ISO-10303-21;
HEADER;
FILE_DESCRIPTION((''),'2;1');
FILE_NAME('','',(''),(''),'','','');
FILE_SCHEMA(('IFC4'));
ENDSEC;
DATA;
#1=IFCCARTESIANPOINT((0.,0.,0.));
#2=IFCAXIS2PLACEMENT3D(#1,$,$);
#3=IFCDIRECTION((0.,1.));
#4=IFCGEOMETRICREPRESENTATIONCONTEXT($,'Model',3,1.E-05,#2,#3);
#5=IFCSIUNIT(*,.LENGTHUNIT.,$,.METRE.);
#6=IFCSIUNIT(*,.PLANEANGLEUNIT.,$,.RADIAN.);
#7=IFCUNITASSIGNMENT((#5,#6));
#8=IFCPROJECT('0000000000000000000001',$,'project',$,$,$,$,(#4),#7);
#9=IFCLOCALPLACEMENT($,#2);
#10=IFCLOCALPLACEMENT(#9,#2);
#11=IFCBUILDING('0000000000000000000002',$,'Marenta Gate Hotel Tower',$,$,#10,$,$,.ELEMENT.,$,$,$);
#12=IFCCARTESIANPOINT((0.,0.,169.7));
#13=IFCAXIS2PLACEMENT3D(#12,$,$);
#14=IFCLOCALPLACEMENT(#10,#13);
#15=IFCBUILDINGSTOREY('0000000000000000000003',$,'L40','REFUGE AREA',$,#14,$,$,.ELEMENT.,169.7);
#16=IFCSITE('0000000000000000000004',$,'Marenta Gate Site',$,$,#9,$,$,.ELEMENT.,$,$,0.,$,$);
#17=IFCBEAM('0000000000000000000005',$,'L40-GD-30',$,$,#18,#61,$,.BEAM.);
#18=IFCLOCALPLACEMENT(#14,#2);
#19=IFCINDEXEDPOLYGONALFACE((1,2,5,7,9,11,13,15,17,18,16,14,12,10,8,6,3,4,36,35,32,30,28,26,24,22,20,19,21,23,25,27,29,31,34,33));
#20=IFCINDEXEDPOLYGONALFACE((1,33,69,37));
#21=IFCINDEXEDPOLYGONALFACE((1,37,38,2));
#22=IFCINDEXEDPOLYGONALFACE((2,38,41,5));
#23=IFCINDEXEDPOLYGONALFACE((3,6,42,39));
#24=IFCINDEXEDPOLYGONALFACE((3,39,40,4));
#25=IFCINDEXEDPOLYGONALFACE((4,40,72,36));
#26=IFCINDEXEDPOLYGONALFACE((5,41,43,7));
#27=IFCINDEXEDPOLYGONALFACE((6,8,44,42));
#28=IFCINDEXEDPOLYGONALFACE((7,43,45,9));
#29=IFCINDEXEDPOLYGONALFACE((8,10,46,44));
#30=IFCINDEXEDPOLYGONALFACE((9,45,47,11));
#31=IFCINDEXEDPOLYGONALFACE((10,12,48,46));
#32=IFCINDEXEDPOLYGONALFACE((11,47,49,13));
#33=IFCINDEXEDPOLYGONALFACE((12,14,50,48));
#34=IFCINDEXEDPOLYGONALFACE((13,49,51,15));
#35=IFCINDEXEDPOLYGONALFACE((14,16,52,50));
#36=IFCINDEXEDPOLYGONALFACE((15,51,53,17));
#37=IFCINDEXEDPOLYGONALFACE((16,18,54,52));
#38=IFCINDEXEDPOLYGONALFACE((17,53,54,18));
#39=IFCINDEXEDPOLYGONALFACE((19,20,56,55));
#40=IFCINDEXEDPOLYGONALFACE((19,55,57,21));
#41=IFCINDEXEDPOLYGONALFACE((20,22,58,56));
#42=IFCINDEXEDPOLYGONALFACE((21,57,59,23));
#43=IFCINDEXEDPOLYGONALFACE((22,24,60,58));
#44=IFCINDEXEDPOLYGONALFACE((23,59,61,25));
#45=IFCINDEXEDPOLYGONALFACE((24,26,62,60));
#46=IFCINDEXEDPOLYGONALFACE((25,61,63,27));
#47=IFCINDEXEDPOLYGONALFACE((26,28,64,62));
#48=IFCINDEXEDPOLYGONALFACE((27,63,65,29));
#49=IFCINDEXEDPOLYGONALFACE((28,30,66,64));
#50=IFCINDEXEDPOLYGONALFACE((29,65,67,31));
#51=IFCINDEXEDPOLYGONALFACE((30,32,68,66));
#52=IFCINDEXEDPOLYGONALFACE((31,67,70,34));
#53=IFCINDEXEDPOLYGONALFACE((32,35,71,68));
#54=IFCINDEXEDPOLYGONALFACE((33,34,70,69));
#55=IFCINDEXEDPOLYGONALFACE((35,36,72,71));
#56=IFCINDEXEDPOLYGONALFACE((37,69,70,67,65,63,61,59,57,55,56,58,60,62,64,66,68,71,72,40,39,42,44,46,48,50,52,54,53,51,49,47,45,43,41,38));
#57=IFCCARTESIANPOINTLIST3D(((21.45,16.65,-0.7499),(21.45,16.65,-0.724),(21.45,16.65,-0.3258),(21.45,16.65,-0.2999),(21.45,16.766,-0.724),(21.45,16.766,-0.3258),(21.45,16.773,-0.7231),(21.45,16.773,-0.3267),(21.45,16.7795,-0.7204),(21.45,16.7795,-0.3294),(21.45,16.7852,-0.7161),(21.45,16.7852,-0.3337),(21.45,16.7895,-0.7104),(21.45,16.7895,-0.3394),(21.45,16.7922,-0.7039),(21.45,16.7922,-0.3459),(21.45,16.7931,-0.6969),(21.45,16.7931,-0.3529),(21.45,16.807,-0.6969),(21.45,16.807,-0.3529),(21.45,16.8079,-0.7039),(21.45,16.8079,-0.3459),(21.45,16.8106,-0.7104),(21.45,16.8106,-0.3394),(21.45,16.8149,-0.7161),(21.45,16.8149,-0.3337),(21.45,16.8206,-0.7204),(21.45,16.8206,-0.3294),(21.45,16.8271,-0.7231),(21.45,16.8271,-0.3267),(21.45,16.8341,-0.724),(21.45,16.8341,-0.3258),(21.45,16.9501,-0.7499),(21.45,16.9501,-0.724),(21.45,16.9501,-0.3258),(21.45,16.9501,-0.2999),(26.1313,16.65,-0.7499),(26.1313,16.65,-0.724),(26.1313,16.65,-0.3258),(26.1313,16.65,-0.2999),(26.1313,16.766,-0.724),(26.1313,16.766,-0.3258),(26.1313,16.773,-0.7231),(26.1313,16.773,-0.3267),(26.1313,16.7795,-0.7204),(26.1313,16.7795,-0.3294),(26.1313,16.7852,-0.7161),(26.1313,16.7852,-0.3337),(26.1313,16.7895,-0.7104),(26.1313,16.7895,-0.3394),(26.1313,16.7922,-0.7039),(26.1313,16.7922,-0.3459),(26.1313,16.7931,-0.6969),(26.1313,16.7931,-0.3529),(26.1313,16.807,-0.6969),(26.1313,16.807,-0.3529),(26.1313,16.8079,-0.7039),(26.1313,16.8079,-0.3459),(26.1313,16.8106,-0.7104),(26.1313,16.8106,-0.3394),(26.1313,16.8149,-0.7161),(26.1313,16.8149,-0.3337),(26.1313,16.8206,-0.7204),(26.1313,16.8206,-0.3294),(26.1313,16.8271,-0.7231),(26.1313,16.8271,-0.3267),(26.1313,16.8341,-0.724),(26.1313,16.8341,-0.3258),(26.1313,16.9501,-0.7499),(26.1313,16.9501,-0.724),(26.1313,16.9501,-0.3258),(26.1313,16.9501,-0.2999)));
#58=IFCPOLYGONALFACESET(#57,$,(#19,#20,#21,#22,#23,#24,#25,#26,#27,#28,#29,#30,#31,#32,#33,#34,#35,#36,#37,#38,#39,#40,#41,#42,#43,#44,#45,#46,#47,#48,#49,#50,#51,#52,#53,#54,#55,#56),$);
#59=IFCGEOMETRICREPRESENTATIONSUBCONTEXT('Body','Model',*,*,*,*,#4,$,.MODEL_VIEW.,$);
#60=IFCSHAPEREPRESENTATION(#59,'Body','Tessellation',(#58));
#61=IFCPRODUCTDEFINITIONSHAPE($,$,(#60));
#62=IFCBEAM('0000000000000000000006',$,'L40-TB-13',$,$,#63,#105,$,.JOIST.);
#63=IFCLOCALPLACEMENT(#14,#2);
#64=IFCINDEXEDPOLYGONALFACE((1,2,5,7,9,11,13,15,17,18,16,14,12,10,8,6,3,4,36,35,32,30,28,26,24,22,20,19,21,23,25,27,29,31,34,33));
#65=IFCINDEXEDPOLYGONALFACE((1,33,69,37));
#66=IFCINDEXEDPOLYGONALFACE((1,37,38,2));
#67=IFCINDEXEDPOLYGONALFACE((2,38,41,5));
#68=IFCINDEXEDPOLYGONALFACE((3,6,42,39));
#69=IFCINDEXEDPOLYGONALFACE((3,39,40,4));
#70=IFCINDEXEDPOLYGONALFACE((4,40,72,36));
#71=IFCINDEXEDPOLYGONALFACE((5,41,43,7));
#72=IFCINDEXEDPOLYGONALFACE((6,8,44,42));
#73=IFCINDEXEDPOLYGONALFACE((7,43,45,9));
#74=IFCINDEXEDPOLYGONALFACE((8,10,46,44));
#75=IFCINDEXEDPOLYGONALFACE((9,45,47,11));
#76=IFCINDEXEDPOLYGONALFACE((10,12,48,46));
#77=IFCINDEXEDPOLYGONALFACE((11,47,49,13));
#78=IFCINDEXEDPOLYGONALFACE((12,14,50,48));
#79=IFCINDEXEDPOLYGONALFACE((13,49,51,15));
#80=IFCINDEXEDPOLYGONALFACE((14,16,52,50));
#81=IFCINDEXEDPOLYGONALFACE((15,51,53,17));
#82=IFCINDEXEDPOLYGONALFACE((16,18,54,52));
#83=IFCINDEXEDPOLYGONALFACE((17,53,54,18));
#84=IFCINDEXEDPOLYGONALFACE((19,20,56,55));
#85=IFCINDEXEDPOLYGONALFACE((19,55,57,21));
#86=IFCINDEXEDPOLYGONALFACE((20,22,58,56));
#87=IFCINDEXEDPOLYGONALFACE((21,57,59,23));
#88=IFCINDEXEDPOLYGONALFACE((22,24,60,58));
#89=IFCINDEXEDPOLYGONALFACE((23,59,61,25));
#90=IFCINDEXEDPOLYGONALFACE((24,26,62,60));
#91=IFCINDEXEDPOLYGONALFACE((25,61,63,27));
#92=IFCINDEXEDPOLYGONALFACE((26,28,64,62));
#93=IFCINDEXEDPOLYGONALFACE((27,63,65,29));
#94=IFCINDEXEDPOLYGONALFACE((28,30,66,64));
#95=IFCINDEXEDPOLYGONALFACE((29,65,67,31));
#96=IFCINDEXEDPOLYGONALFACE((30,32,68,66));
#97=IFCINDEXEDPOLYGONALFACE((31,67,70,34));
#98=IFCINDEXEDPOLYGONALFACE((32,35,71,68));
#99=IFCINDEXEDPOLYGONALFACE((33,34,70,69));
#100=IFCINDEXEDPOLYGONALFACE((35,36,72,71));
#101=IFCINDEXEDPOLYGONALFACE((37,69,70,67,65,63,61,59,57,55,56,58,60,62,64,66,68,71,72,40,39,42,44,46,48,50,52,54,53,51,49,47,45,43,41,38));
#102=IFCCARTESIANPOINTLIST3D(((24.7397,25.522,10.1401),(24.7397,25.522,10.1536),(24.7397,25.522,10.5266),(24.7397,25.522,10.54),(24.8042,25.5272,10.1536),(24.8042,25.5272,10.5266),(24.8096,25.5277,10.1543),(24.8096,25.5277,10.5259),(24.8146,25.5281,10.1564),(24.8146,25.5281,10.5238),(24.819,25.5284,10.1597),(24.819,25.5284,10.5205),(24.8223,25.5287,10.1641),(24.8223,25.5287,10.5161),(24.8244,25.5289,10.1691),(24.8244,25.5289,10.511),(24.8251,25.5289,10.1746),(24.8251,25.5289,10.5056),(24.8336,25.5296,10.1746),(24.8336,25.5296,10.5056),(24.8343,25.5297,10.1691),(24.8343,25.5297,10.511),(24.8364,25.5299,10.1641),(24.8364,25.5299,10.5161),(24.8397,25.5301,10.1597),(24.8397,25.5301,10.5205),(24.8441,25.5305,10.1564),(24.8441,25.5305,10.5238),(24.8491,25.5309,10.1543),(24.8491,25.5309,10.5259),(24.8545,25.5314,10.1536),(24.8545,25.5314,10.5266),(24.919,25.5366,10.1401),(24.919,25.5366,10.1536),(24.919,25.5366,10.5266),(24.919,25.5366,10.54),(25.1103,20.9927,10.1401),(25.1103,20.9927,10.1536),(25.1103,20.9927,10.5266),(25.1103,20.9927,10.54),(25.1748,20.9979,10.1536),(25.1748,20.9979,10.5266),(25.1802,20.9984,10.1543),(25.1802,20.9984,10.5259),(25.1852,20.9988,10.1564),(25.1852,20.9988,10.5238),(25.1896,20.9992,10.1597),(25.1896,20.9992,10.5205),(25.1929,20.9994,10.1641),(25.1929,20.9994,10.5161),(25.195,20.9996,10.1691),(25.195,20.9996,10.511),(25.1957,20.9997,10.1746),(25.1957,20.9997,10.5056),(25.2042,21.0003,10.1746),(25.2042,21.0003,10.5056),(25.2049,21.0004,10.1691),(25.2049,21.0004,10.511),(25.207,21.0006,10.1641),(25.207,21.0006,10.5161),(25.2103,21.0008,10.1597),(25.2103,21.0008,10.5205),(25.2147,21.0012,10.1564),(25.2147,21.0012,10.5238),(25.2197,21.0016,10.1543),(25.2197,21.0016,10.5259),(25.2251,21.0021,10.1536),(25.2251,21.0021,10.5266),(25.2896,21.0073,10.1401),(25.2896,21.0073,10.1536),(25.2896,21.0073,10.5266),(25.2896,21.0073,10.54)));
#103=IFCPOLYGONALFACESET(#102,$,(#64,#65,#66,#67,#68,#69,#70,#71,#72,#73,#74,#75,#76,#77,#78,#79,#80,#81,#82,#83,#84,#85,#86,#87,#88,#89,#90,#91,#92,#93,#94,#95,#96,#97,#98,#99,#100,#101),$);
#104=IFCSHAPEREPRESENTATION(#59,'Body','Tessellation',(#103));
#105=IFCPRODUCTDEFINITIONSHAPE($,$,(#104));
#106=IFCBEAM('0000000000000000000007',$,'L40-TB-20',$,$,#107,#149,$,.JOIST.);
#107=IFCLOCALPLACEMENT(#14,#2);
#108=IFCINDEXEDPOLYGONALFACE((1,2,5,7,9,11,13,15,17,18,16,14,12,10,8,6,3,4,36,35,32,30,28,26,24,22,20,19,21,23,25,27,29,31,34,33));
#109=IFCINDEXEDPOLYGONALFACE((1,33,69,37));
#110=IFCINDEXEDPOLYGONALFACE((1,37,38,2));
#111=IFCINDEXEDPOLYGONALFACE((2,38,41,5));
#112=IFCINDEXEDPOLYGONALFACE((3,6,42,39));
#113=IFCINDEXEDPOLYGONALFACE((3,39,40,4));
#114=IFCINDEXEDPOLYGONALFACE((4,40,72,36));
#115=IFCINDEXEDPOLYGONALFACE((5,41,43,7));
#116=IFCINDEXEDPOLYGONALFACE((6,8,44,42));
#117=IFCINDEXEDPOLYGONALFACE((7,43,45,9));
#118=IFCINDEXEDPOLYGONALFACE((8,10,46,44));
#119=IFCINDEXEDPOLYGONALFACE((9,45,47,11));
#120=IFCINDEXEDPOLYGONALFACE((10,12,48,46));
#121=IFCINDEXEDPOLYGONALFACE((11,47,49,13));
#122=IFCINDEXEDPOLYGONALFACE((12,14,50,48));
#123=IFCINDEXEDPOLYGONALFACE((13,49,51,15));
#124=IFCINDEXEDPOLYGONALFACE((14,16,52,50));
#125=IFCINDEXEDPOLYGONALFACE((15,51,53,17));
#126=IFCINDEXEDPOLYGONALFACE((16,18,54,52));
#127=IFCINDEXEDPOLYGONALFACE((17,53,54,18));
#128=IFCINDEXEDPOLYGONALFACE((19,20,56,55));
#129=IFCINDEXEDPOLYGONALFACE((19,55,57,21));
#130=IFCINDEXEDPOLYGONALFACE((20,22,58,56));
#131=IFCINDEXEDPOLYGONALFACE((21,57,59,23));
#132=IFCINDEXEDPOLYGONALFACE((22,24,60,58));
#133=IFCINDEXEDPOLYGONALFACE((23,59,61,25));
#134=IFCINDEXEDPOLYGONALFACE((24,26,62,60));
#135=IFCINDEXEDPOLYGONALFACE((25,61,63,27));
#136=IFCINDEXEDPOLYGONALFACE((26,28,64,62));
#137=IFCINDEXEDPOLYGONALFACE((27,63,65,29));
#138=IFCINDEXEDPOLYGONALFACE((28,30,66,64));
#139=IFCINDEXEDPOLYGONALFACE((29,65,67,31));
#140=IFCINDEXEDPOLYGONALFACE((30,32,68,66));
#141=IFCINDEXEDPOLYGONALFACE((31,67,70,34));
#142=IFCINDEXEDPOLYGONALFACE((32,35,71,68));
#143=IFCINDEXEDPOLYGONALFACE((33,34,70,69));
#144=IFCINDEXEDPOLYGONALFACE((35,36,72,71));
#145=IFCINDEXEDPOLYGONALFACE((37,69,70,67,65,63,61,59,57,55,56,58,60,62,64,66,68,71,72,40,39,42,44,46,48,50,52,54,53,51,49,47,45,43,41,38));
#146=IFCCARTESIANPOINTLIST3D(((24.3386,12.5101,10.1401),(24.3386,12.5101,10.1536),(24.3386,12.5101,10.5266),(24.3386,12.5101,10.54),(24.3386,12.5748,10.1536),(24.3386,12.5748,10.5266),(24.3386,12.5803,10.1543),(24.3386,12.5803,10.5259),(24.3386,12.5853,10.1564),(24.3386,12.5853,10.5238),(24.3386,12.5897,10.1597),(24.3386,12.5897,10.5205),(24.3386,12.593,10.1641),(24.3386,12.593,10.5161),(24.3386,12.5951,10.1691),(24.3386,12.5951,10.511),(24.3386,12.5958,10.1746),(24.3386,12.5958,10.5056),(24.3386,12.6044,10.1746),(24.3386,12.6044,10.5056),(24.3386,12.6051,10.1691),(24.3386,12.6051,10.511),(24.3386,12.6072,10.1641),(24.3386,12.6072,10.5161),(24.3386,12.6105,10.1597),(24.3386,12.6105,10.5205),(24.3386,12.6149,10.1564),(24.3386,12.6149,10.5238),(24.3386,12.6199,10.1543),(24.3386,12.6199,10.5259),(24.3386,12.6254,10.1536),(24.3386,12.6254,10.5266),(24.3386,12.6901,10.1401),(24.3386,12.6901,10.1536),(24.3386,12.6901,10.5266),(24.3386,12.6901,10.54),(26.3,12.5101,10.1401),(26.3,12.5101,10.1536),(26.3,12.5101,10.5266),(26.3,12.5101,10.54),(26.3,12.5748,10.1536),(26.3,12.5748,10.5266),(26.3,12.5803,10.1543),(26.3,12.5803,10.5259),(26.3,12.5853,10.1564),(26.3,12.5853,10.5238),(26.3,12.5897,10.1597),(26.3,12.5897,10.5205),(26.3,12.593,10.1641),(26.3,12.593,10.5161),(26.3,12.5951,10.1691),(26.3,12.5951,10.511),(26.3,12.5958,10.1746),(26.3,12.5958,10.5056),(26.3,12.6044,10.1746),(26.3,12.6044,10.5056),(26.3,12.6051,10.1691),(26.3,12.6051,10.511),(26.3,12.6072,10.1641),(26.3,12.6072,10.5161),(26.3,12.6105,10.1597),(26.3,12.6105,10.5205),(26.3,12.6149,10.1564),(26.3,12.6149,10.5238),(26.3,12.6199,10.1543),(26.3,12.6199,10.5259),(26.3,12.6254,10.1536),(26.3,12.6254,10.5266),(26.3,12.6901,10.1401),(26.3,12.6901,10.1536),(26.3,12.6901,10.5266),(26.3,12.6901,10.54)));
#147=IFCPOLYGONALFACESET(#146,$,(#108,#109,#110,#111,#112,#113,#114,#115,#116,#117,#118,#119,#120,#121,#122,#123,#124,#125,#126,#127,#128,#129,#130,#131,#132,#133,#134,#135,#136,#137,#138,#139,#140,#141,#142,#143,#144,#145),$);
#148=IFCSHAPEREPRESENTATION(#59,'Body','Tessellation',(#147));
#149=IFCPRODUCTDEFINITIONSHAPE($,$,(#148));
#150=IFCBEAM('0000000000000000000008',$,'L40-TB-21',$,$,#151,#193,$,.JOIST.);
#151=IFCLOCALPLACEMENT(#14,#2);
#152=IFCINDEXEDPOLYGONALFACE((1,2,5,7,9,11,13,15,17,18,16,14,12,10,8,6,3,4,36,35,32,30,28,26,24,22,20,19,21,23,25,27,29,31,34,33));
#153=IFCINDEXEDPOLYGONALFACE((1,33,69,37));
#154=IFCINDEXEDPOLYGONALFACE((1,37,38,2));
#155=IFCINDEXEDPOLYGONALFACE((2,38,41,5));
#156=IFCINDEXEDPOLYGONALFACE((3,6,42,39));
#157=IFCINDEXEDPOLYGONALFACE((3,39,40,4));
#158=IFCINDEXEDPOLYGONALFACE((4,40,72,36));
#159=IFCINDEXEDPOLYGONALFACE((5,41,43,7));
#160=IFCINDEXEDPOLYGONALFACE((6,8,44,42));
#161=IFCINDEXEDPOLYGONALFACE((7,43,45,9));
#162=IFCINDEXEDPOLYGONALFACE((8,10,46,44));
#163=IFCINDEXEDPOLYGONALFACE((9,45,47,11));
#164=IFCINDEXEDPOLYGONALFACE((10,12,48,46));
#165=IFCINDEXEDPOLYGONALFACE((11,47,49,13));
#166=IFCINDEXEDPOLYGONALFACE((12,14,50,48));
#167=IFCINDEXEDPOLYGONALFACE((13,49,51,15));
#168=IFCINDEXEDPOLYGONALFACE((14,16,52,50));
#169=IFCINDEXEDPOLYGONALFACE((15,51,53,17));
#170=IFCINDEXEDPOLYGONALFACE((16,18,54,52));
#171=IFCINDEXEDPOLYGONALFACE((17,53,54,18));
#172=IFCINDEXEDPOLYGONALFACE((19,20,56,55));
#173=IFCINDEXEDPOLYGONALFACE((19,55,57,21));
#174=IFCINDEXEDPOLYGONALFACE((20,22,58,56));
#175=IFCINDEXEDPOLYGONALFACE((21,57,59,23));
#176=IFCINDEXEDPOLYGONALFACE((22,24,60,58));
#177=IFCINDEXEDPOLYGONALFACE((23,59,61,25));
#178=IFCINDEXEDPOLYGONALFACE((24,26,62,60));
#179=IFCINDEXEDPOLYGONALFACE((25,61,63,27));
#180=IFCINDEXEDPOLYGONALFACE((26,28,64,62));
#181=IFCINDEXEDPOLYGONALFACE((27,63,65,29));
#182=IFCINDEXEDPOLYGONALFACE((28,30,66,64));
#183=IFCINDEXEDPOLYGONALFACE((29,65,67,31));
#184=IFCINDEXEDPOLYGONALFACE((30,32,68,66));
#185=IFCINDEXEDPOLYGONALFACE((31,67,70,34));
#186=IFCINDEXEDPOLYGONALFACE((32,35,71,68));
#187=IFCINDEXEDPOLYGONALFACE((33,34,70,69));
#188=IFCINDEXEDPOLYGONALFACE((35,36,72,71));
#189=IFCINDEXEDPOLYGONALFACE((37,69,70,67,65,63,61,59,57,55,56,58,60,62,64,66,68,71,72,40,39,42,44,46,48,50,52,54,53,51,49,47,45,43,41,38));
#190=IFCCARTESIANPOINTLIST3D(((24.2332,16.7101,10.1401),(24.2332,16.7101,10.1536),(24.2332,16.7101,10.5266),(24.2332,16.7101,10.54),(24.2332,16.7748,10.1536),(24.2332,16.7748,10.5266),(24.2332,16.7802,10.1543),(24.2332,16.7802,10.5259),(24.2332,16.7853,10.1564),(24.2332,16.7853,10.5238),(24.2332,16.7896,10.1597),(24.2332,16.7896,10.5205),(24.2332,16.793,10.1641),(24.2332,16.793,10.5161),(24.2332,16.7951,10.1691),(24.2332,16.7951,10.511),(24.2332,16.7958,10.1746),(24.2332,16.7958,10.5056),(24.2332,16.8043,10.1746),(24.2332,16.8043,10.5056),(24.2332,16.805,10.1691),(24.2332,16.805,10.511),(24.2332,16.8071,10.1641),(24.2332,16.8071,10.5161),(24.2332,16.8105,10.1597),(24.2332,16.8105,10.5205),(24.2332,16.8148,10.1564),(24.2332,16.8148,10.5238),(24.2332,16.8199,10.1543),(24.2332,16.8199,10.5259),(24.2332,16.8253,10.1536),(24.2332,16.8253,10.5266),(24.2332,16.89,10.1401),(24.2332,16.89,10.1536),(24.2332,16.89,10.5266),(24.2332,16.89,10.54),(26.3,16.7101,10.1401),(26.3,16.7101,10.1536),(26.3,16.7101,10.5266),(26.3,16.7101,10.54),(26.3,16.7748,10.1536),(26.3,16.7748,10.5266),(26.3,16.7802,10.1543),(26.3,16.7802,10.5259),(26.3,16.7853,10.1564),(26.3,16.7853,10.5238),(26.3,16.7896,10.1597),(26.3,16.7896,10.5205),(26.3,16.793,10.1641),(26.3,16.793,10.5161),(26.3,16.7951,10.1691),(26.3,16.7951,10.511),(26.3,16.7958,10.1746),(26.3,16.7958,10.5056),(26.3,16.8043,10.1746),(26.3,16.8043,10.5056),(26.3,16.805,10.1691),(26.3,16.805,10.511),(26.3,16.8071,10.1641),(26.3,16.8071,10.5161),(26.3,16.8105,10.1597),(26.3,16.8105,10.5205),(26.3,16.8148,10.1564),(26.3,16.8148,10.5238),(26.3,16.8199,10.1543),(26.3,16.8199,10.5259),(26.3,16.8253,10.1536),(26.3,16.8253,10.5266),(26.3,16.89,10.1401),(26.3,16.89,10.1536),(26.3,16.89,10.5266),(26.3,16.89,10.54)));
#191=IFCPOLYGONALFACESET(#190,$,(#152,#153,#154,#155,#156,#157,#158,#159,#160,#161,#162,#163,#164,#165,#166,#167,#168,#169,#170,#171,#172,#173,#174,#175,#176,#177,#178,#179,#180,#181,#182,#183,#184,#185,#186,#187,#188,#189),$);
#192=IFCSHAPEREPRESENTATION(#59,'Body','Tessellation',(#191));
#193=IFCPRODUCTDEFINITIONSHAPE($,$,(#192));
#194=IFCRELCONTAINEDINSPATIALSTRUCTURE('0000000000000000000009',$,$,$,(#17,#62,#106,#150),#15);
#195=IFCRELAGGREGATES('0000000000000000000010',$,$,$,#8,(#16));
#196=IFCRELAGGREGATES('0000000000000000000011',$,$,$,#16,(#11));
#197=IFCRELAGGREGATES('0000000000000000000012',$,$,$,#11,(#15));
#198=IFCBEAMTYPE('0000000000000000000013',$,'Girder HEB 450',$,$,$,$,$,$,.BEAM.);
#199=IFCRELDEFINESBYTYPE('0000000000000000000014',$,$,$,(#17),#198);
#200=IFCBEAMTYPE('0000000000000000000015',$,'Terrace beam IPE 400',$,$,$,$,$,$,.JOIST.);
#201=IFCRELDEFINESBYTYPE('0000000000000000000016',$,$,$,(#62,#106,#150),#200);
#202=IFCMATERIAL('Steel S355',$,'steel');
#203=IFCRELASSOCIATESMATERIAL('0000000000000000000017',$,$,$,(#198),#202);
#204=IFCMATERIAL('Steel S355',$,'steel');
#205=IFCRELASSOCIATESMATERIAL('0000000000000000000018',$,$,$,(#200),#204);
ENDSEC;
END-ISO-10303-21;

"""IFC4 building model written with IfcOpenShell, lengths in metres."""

from ifc_helpers import new_model, si_unit, direction, frame, origin, origin_2d, place, context, subcontext, project, spatial, i_section, extrude, material, material_profile, profile_set, type_object, element, save


model = new_model("IFC4")

# Units and contexts
model_context = context("Model", 3, precision=1e-05, world=origin(), true_north=direction((0.0, 1.0)))
body_context = subcontext(model_context, "Body", "Model", "MODEL_VIEW")
ifc_project = project(units=[si_unit("LENGTHUNIT", "METRE"), si_unit("PLANEANGLEUNIT", "RADIAN")], contexts=[model_context])

# Site, building, storey
site_placement = place(None, origin())
site = spatial("IfcSite", under=ifc_project, at=site_placement, Name="Marenta Gate Site", CompositionType="ELEMENT", RefElevation=0.0)
building_placement = place(site_placement, origin())
building = spatial("IfcBuilding", under=site, at=building_placement, Name="Marenta Gate Hotel Tower", CompositionType="ELEMENT")
storey_placement = place(building_placement, frame((0.0, 0.0, 169.7)))
storey = spatial("IfcBuildingStorey", under=building, at=storey_placement, Name="L40", Description="REFUGE AREA", CompositionType="ELEMENT", Elevation=169.7)

# Beams
ifc_material_1 = material(Name="Steel S355", Category="steel")
ifc_material_profile_1 = material_profile(ifc_material_1, i_section(OverallWidth=0.3, OverallDepth=0.45, WebThickness=0.0139, FlangeThickness=0.0259, FilletRadius=0.0271, at=origin_2d()), Name="HEB 450")
ifc_profile_set_1 = profile_set([ifc_material_profile_1], Name="Steel S355")
beam_type_1 = type_object("IfcBeamType", Name="Girder HEB 450", PredefinedType="BEAM", material=ifc_profile_set_1)
beam_1_placement = place(storey_placement, frame((21.45, 16.8, -0.5249), z_axis=(1.0, 0.0, 0.0), x_axis=(0.0, 1.0, 0.0)))
element("IfcBeam", 1, at=beam_1_placement, inside=storey, type_object=beam_type_1, Name="L40-GD-30", PredefinedType="BEAM", context=body_context, shape_type="SweptSolid", body=[
    extrude(i_section(OverallWidth=0.3, OverallDepth=0.45, WebThickness=0.0139, FlangeThickness=0.0259, FilletRadius=0.0271, at=origin_2d()), origin(), (0.0, 0.0, 1.0), 4.6814),
])
ifc_material_2 = material(Name="Steel S355", Category="steel")
ifc_material_profile_2 = material_profile(ifc_material_2, i_section(OverallWidth=0.1799, OverallDepth=0.3999, WebThickness=0.0085, FlangeThickness=0.0134, FilletRadius=0.021, at=origin_2d()), Name="IPE 400")
ifc_profile_set_2 = profile_set([ifc_material_profile_2], Name="Steel S355")
beam_type_2 = type_object("IfcBeamType", Name="Terrace beam IPE 400", PredefinedType="JOIST", material=ifc_profile_set_2)
beam_2_placement = place(storey_placement, frame((25.2, 21.0, 10.3401), z_axis=(-0.081552, 0.996669, 0.0), x_axis=(-0.996669, -0.081552, 0.0)))
element("IfcBeam", 2, at=beam_2_placement, inside=storey, type_object=beam_type_2, Name="L40-TB-13", PredefinedType="JOIST", context=body_context, shape_type="SweptSolid", body=[
    extrude(i_section(OverallWidth=0.1799, OverallDepth=0.3999, WebThickness=0.0085, FlangeThickness=0.0134, FilletRadius=0.021, at=origin_2d()), origin(), (0.0, 0.0, 1.0), 4.5444),
])
beam_3_placement = place(storey_placement, frame((24.3386, 12.6001, 10.3401), z_axis=(1.0, 0.0, 0.0), x_axis=(0.0, 1.0, 0.0)))
element("IfcBeam", 3, at=beam_3_placement, inside=storey, type_object=beam_type_2, Name="L40-TB-20", PredefinedType="JOIST", context=body_context, shape_type="SweptSolid", body=[
    extrude(i_section(OverallWidth=0.1799, OverallDepth=0.3999, WebThickness=0.0085, FlangeThickness=0.0134, FilletRadius=0.021, at=origin_2d()), origin(), (0.0, 0.0, 1.0), 1.9614),
])
beam_4_placement = place(storey_placement, frame((24.2332, 16.8, 10.3401), z_axis=(1.0, 0.0, 0.0), x_axis=(0.0, 1.0, 0.0)))
element("IfcBeam", 4, at=beam_4_placement, inside=storey, type_object=beam_type_2, Name="L40-TB-21", PredefinedType="JOIST", context=body_context, shape_type="SweptSolid", body=[
    extrude(i_section(OverallWidth=0.1799, OverallDepth=0.3999, WebThickness=0.0085, FlangeThickness=0.0134, FilletRadius=0.021, at=origin_2d()), origin(), (0.0, 0.0, 1.0), 2.0669),
])

save(model, "model.ifc")
